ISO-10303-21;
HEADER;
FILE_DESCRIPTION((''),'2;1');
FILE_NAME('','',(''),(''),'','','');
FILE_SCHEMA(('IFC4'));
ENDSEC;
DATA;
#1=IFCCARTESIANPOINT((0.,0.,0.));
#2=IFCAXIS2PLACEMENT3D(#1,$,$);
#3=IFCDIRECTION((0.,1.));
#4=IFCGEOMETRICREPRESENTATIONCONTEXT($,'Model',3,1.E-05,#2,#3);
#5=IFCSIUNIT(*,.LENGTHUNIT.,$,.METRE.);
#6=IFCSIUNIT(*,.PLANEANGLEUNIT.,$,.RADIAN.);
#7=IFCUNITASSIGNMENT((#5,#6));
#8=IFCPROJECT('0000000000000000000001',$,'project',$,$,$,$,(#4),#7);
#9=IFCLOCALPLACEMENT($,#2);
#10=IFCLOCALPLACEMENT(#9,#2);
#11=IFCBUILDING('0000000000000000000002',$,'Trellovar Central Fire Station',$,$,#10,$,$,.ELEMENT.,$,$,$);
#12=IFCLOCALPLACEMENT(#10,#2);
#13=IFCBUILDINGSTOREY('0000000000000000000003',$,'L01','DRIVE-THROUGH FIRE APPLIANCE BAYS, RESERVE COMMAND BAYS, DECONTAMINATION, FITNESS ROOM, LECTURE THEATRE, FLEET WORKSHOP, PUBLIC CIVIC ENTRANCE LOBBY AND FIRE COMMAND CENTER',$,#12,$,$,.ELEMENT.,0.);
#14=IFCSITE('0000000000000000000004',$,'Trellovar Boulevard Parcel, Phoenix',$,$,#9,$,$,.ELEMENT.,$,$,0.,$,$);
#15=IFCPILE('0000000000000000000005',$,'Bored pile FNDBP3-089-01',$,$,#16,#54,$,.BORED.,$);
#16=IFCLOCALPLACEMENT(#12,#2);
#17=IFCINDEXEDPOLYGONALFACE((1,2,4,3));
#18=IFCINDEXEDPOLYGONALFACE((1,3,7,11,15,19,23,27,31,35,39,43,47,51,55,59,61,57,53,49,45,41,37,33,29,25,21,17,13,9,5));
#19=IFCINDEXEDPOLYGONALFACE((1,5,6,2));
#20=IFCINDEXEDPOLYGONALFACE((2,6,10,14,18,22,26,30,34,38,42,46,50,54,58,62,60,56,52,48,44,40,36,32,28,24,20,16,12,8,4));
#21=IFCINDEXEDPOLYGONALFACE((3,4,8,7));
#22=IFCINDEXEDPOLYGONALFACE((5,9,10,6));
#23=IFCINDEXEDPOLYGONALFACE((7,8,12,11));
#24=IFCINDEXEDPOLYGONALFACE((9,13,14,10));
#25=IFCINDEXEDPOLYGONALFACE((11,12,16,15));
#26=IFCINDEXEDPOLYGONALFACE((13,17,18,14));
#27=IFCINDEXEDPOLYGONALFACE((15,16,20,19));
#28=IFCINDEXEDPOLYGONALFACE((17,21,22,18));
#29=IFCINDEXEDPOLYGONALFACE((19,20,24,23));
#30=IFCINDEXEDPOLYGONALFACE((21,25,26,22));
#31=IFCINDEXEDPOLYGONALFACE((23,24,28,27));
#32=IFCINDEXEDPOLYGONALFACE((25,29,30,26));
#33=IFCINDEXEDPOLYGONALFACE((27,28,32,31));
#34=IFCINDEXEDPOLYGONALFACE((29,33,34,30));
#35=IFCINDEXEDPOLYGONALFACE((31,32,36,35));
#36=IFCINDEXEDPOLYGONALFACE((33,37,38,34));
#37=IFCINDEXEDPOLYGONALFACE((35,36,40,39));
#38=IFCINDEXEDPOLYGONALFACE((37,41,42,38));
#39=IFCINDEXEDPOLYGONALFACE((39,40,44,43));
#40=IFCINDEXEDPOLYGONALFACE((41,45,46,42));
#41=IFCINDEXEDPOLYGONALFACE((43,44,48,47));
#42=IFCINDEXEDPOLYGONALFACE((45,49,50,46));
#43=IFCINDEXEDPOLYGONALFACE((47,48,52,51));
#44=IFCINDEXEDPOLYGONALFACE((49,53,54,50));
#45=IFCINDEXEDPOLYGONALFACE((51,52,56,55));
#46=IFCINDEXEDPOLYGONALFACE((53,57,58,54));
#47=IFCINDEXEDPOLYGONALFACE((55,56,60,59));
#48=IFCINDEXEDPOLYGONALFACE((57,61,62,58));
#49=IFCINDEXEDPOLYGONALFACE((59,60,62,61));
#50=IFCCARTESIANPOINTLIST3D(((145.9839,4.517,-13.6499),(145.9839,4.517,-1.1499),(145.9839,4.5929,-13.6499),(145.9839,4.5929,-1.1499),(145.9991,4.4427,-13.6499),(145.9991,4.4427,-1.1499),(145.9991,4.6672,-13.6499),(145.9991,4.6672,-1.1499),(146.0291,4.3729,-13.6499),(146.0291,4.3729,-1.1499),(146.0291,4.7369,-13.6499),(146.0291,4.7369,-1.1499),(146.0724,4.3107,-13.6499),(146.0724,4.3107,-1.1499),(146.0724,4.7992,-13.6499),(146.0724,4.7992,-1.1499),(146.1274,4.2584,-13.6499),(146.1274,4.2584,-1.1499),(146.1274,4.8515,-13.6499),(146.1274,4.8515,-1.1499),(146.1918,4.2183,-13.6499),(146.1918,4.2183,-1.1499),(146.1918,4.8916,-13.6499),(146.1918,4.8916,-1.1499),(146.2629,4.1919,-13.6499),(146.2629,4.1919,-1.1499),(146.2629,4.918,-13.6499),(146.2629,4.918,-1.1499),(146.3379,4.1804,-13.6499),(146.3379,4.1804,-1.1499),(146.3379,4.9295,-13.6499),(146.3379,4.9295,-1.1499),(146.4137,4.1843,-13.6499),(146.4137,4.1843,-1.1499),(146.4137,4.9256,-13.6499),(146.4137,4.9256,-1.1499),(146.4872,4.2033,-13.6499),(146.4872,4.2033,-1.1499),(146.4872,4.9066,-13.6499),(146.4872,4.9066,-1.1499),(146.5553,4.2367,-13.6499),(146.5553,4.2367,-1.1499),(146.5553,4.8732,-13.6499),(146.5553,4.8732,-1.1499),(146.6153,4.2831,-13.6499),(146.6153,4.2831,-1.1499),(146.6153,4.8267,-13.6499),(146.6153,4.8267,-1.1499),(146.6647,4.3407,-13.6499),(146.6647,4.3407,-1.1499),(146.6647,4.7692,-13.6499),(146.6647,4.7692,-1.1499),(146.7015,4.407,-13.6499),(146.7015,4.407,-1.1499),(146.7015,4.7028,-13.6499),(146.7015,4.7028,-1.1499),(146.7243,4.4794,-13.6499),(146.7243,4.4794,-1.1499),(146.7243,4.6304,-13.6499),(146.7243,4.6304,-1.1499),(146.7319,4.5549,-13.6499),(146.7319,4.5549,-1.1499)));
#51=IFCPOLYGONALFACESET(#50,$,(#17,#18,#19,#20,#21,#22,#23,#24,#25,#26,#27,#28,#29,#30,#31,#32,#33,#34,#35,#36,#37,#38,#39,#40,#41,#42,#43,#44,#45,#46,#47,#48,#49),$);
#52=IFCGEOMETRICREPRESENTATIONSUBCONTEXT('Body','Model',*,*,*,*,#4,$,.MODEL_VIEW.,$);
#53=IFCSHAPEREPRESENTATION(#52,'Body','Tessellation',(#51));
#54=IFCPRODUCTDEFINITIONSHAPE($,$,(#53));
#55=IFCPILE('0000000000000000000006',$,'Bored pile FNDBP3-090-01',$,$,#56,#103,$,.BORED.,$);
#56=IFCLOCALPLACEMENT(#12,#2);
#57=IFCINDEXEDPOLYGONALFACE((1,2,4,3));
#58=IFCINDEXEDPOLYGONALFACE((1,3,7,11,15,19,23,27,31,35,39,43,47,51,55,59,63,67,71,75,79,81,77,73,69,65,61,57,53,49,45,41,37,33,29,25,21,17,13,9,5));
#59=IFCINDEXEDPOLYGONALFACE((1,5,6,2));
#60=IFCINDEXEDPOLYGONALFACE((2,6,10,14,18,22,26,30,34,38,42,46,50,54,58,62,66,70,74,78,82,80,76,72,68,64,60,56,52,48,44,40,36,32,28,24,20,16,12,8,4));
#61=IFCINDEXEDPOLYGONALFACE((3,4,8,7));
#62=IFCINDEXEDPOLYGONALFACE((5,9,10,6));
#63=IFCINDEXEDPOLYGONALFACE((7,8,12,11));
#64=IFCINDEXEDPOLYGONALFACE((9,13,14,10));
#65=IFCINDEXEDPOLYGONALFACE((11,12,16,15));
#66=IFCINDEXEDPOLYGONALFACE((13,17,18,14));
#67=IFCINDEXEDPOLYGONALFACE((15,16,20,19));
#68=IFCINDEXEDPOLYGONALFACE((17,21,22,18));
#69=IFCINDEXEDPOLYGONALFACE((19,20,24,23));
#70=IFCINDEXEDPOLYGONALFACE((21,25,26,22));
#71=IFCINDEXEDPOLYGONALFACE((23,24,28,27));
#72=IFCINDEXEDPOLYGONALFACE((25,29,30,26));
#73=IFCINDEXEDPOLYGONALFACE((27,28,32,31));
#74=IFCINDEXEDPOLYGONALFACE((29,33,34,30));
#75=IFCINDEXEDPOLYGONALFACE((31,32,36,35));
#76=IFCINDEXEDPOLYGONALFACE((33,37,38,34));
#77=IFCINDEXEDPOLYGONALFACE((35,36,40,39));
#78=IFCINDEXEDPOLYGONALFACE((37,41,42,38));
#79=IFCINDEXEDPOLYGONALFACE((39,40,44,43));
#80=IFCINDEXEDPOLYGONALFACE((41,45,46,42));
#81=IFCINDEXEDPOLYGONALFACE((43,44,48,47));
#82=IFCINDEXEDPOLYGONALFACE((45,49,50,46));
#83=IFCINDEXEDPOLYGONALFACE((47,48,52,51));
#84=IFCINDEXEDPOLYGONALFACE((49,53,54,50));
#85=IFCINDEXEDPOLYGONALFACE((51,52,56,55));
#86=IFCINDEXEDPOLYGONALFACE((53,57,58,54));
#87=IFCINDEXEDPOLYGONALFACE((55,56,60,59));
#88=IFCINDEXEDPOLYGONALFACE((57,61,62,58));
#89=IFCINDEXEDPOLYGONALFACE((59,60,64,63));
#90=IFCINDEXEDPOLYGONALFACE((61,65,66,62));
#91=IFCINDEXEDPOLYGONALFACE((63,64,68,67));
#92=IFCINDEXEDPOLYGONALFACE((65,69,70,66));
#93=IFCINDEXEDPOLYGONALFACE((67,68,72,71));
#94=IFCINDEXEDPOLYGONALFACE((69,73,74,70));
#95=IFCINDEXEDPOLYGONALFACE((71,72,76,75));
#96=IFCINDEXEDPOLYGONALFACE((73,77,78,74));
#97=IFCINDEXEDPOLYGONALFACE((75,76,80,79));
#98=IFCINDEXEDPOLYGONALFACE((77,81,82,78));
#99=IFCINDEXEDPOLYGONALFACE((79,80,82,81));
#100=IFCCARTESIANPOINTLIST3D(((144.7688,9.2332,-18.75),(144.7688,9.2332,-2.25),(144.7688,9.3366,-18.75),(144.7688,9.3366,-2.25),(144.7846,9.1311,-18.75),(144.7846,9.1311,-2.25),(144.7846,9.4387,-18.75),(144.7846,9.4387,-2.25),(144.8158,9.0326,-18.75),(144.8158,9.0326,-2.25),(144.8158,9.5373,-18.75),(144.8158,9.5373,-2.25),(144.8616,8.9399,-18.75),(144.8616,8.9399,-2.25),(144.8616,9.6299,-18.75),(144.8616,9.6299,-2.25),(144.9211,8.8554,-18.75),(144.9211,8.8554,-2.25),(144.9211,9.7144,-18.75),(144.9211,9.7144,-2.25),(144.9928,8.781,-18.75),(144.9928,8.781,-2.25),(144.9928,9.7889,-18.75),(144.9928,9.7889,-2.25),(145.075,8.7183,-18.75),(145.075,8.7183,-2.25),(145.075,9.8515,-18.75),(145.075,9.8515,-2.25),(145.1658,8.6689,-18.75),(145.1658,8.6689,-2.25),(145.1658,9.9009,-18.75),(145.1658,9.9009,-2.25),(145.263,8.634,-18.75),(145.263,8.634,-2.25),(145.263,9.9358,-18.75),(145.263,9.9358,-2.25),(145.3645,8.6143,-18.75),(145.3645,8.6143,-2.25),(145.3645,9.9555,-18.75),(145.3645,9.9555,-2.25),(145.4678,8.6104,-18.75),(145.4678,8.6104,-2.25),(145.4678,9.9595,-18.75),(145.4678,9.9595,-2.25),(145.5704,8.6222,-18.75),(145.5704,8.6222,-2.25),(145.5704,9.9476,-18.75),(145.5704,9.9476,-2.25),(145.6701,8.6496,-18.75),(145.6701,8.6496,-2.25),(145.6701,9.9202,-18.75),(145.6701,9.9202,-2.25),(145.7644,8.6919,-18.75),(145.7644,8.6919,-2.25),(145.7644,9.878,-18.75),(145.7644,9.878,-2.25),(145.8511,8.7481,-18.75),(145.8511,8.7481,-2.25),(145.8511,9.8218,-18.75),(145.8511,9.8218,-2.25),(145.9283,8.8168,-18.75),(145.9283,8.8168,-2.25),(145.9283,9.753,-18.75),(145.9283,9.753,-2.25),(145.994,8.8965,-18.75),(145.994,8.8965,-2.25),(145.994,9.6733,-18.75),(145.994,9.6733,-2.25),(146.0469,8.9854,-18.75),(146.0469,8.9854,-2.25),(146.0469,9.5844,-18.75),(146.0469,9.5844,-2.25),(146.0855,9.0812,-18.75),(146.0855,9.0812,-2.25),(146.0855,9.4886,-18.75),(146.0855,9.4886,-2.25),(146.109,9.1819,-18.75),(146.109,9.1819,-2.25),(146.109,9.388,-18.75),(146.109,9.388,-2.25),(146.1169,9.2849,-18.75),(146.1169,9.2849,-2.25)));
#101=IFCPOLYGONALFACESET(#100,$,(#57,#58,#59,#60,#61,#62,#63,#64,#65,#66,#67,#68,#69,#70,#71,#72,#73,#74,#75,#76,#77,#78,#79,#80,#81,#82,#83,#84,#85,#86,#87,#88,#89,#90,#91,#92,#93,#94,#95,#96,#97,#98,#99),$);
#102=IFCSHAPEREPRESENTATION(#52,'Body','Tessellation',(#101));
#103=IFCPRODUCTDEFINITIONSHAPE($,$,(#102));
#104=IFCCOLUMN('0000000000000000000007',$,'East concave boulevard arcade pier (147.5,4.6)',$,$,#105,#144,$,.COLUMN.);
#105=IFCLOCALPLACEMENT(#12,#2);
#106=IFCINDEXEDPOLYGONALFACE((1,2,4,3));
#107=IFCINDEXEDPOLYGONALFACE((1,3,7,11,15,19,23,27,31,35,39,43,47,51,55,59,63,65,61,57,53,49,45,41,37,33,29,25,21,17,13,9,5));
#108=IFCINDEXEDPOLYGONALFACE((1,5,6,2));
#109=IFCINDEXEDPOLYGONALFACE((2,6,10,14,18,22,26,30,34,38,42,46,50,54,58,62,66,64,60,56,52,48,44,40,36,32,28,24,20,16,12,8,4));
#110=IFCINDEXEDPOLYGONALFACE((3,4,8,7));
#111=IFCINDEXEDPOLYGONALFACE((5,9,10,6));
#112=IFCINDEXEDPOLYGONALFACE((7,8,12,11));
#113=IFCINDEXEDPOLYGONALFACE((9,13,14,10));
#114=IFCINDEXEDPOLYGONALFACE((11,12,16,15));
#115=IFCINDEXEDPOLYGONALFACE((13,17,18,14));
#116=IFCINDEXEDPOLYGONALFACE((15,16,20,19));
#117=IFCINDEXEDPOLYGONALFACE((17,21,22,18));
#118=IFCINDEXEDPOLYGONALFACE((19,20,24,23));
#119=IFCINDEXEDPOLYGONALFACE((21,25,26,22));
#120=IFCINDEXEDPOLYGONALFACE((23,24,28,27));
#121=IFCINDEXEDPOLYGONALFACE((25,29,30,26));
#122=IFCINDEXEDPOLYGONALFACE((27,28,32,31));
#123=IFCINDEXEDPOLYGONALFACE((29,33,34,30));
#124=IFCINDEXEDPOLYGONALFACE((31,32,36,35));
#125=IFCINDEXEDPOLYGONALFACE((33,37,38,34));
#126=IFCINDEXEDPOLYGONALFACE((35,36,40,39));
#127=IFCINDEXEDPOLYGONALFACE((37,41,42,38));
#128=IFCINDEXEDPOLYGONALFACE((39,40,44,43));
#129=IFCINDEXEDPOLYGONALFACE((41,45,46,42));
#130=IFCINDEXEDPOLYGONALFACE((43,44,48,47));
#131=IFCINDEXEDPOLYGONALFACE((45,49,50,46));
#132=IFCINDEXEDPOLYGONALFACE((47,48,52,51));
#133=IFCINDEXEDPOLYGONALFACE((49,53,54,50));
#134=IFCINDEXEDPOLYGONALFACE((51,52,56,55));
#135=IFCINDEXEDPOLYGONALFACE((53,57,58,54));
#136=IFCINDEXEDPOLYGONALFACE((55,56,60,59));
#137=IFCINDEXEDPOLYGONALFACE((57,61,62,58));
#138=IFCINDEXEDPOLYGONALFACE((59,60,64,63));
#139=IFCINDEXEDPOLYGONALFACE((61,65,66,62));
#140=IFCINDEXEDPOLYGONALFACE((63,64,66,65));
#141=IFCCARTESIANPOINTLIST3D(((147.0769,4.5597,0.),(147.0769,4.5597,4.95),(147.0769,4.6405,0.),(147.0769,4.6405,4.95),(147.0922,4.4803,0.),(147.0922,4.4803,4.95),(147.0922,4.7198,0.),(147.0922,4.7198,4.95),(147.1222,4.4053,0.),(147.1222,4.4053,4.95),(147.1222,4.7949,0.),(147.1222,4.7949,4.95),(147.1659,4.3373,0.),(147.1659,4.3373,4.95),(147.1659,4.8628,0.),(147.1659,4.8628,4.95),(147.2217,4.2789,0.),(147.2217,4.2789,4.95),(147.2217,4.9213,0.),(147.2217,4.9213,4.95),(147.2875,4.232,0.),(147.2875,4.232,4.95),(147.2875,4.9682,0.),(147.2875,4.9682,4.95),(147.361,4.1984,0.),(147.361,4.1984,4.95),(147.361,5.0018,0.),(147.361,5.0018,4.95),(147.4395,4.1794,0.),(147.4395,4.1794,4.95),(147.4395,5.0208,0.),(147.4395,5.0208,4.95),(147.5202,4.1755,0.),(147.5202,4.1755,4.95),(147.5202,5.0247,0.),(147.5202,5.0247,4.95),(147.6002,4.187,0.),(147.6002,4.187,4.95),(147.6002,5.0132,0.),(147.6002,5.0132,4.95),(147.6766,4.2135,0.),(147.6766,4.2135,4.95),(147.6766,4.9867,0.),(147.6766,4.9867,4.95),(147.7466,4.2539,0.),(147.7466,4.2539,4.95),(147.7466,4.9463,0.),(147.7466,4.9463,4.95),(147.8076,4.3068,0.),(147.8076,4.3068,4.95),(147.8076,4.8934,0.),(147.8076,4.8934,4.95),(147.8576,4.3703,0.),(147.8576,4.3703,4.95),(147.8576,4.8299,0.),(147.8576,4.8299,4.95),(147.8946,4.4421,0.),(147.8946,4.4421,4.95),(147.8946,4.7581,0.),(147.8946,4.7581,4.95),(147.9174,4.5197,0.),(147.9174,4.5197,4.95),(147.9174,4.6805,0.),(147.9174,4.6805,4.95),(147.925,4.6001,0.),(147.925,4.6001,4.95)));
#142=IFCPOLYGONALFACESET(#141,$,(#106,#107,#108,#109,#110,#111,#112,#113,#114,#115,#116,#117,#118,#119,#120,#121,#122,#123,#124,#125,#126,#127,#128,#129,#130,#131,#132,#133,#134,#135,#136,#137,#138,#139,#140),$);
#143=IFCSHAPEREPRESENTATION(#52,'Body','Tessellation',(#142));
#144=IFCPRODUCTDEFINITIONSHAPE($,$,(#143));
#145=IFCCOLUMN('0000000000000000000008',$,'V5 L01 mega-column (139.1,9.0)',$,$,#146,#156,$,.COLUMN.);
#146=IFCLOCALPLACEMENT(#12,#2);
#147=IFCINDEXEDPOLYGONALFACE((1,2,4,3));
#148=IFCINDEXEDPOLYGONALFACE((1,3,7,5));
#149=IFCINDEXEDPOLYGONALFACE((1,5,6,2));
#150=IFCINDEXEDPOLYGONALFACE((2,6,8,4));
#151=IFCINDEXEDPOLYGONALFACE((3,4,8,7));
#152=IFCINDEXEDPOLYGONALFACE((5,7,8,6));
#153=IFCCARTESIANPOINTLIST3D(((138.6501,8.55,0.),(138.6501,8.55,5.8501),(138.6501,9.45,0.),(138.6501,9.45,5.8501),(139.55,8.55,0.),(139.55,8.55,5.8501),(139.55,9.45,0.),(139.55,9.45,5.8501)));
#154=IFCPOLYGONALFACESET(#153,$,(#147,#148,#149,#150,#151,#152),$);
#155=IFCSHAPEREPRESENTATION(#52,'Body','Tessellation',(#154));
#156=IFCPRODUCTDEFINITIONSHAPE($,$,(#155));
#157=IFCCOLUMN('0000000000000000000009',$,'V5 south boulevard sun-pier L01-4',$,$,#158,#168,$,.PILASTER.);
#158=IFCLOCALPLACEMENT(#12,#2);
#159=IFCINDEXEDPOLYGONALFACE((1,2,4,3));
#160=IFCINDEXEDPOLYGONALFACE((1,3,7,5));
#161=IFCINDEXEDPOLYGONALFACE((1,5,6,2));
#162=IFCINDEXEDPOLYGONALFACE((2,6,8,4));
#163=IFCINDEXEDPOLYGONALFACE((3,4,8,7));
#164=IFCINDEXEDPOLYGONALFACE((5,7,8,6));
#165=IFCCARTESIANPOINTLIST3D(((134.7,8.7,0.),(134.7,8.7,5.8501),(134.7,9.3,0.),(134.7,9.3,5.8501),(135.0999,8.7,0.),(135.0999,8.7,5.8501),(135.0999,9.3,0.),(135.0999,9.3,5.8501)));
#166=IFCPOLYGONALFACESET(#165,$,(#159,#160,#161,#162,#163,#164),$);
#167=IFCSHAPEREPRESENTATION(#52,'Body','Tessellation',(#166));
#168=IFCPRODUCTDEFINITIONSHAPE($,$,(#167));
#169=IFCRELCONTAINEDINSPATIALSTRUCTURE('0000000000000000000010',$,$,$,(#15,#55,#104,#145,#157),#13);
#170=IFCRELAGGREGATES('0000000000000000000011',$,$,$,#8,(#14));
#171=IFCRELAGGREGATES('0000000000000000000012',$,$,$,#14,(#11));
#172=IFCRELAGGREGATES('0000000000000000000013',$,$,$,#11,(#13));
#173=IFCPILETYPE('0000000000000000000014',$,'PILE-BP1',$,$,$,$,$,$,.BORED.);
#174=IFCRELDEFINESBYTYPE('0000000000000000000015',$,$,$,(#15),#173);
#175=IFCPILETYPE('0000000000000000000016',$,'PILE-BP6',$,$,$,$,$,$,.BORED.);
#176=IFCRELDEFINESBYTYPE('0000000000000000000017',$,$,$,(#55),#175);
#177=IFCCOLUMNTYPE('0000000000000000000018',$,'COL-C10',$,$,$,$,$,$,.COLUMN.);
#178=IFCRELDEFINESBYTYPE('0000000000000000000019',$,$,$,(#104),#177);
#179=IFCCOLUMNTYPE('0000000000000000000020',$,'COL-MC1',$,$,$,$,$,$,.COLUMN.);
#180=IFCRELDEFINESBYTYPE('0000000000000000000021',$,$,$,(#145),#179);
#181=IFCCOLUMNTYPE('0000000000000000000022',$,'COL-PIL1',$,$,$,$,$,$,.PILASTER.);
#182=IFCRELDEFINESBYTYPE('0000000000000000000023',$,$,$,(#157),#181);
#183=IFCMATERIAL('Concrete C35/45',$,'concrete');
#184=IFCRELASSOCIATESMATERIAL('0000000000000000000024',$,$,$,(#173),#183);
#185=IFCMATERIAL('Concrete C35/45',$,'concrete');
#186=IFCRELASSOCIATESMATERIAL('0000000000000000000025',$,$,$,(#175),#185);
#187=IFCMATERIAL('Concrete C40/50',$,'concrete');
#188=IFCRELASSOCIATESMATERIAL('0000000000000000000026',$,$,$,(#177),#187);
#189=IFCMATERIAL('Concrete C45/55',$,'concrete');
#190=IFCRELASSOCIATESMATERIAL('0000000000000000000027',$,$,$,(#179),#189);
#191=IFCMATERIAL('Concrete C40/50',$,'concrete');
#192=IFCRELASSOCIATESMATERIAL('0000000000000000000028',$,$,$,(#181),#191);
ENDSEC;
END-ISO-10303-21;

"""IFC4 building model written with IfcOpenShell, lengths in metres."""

from ifc_helpers import new_model, si_unit, direction, frame, origin, origin_2d, place, context, subcontext, project, spatial, rectangle, circle, extrude, material, material_profile, profile_set, type_object, element, save


model = new_model("IFC4")

# Units and contexts
model_context = context("Model", 3, precision=1e-05, world=origin(), true_north=direction((0.0, 1.0)))
body_context = subcontext(model_context, "Body", "Model", "MODEL_VIEW")
ifc_project = project(units=[si_unit("LENGTHUNIT", "METRE"), si_unit("PLANEANGLEUNIT", "RADIAN")], contexts=[model_context])

# Site, building, storey
site_placement = place(None, origin())
site = spatial("IfcSite", under=ifc_project, at=site_placement, Name="Trellovar Boulevard Parcel, Phoenix", CompositionType="ELEMENT", RefElevation=0.0)
building_placement = place(site_placement, origin())
building = spatial("IfcBuilding", under=site, at=building_placement, Name="Trellovar Central Fire Station", CompositionType="ELEMENT")
storey_placement = place(building_placement, origin())
storey = spatial("IfcBuildingStorey", under=building, at=storey_placement, Name="L01", Description="DRIVE-THROUGH FIRE APPLIANCE BAYS, RESERVE COMMAND BAYS, DECONTAMINATION, FITNESS ROOM, LECTURE THEATRE, FLEET WORKSHOP, PUBLIC CIVIC ENTRANCE LOBBY AND FIRE COMMAND CENTER", CompositionType="ELEMENT", Elevation=0.0)

# Piles
ifc_material_1 = material(Name="Concrete C35/45", Category="concrete")
ifc_material_profile_1 = material_profile(ifc_material_1, circle(Radius=0.375, at=origin_2d()), Name="PILE750")
ifc_profile_set_1 = profile_set([ifc_material_profile_1], Name="Concrete C35/45")
pile_type_1 = type_object("IfcPileType", Name="PILE-BP1", PredefinedType="BORED", material=ifc_profile_set_1)
for number, where, z_axis, x_axis, name in (
    (1, (146.3569, 4.5549, -1.1499), (0.0, 0.0, -1.0), (1.0, 0.0, 0.0), "Bored pile FNDBP3-089-01"),
):
    element("IfcPile", number, at=place(storey_placement, frame(where, z_axis=z_axis, x_axis=x_axis)), inside=storey, type_object=pile_type_1, Name=name, PredefinedType="BORED", context=body_context, shape_type="SweptSolid", body=[
        extrude(circle(Radius=0.375, at=origin_2d()), origin(), (0.0, 0.0, 1.0), 12.5),
    ])
ifc_material_2 = material(Name="Concrete C35/45", Category="concrete")
ifc_material_profile_2 = material_profile(ifc_material_2, circle(Radius=0.675, at=origin_2d()), Name="PILE1350")
ifc_profile_set_2 = profile_set([ifc_material_profile_2], Name="Concrete C35/45")
pile_type_2 = type_object("IfcPileType", Name="PILE-BP6", PredefinedType="BORED", material=ifc_profile_set_2)
pile_placement = place(storey_placement, frame((145.4419, 9.2849, -2.25), z_axis=(0.0, 0.0, -1.0), x_axis=(1.0, 0.0, 0.0)))
element("IfcPile", 2, at=pile_placement, inside=storey, type_object=pile_type_2, Name="Bored pile FNDBP3-090-01", PredefinedType="BORED", context=body_context, shape_type="SweptSolid", body=[
    extrude(circle(Radius=0.675, at=origin_2d()), origin(), (0.0, 0.0, 1.0), 16.5),
])

# Columns
ifc_material_3 = material(Name="Concrete C40/50", Category="concrete")
ifc_material_profile_3 = material_profile(ifc_material_3, circle(Radius=0.425, at=origin_2d()), Name="RCD850")
ifc_profile_set_3 = profile_set([ifc_material_profile_3], Name="Concrete C40/50")
column_type_1 = type_object("IfcColumnType", Name="COL-C10", PredefinedType="COLUMN", material=ifc_profile_set_3)
column_1_placement = place(storey_placement, frame((147.5, 4.6001, 0.0), z_axis=(0.0, 0.0, 1.0), x_axis=(1.0, 0.0, 0.0)))
element("IfcColumn", 3, at=column_1_placement, inside=storey, type_object=column_type_1, Name="East concave boulevard arcade pier (147.5,4.6)", PredefinedType="COLUMN", context=body_context, shape_type="SweptSolid", body=[
    extrude(circle(Radius=0.425, at=origin_2d()), origin(), (0.0, 0.0, 1.0), 4.95),
])
ifc_material_4 = material(Name="Concrete C45/55", Category="concrete")
ifc_material_profile_4 = material_profile(ifc_material_4, rectangle(XDim=0.8999, YDim=0.8999, at=origin_2d()), Name="RC900X900")
ifc_profile_set_4 = profile_set([ifc_material_profile_4], Name="Concrete C45/55")
column_type_2 = type_object("IfcColumnType", Name="COL-MC1", PredefinedType="COLUMN", material=ifc_profile_set_4)
column_2_placement = place(storey_placement, frame((139.1001, 9.0, 0.0), z_axis=(0.0, 0.0, 1.0), x_axis=(1.0, 0.0, 0.0)))
element("IfcColumn", 4, at=column_2_placement, inside=storey, type_object=column_type_2, Name="V5 L01 mega-column (139.1,9.0)", PredefinedType="COLUMN", context=body_context, shape_type="SweptSolid", body=[
    extrude(rectangle(XDim=0.8999, YDim=0.8999, at=origin_2d()), origin(), (0.0, 0.0, 1.0), 5.8501),
])
ifc_material_5 = material(Name="Concrete C40/50", Category="concrete")
ifc_material_profile_5 = material_profile(ifc_material_5, rectangle(XDim=0.3999, YDim=0.6001, at=origin_2d()), Name="RC400X600")
ifc_profile_set_5 = profile_set([ifc_material_profile_5], Name="Concrete C40/50")
column_type_3 = type_object("IfcColumnType", Name="COL-PIL1", PredefinedType="PILASTER", material=ifc_profile_set_5)
column_3_placement = place(storey_placement, frame((134.8999, 9.0, 0.0), z_axis=(0.0, 0.0, 1.0), x_axis=(1.0, 0.0, 0.0)))
element("IfcColumn", 5, at=column_3_placement, inside=storey, type_object=column_type_3, Name="V5 south boulevard sun-pier L01-4", PredefinedType="PILASTER", context=body_context, shape_type="SweptSolid", body=[
    extrude(rectangle(XDim=0.3999, YDim=0.6001, at=origin_2d()), origin(), (0.0, 0.0, 1.0), 5.8501),
])

save(model, "model.ifc")
